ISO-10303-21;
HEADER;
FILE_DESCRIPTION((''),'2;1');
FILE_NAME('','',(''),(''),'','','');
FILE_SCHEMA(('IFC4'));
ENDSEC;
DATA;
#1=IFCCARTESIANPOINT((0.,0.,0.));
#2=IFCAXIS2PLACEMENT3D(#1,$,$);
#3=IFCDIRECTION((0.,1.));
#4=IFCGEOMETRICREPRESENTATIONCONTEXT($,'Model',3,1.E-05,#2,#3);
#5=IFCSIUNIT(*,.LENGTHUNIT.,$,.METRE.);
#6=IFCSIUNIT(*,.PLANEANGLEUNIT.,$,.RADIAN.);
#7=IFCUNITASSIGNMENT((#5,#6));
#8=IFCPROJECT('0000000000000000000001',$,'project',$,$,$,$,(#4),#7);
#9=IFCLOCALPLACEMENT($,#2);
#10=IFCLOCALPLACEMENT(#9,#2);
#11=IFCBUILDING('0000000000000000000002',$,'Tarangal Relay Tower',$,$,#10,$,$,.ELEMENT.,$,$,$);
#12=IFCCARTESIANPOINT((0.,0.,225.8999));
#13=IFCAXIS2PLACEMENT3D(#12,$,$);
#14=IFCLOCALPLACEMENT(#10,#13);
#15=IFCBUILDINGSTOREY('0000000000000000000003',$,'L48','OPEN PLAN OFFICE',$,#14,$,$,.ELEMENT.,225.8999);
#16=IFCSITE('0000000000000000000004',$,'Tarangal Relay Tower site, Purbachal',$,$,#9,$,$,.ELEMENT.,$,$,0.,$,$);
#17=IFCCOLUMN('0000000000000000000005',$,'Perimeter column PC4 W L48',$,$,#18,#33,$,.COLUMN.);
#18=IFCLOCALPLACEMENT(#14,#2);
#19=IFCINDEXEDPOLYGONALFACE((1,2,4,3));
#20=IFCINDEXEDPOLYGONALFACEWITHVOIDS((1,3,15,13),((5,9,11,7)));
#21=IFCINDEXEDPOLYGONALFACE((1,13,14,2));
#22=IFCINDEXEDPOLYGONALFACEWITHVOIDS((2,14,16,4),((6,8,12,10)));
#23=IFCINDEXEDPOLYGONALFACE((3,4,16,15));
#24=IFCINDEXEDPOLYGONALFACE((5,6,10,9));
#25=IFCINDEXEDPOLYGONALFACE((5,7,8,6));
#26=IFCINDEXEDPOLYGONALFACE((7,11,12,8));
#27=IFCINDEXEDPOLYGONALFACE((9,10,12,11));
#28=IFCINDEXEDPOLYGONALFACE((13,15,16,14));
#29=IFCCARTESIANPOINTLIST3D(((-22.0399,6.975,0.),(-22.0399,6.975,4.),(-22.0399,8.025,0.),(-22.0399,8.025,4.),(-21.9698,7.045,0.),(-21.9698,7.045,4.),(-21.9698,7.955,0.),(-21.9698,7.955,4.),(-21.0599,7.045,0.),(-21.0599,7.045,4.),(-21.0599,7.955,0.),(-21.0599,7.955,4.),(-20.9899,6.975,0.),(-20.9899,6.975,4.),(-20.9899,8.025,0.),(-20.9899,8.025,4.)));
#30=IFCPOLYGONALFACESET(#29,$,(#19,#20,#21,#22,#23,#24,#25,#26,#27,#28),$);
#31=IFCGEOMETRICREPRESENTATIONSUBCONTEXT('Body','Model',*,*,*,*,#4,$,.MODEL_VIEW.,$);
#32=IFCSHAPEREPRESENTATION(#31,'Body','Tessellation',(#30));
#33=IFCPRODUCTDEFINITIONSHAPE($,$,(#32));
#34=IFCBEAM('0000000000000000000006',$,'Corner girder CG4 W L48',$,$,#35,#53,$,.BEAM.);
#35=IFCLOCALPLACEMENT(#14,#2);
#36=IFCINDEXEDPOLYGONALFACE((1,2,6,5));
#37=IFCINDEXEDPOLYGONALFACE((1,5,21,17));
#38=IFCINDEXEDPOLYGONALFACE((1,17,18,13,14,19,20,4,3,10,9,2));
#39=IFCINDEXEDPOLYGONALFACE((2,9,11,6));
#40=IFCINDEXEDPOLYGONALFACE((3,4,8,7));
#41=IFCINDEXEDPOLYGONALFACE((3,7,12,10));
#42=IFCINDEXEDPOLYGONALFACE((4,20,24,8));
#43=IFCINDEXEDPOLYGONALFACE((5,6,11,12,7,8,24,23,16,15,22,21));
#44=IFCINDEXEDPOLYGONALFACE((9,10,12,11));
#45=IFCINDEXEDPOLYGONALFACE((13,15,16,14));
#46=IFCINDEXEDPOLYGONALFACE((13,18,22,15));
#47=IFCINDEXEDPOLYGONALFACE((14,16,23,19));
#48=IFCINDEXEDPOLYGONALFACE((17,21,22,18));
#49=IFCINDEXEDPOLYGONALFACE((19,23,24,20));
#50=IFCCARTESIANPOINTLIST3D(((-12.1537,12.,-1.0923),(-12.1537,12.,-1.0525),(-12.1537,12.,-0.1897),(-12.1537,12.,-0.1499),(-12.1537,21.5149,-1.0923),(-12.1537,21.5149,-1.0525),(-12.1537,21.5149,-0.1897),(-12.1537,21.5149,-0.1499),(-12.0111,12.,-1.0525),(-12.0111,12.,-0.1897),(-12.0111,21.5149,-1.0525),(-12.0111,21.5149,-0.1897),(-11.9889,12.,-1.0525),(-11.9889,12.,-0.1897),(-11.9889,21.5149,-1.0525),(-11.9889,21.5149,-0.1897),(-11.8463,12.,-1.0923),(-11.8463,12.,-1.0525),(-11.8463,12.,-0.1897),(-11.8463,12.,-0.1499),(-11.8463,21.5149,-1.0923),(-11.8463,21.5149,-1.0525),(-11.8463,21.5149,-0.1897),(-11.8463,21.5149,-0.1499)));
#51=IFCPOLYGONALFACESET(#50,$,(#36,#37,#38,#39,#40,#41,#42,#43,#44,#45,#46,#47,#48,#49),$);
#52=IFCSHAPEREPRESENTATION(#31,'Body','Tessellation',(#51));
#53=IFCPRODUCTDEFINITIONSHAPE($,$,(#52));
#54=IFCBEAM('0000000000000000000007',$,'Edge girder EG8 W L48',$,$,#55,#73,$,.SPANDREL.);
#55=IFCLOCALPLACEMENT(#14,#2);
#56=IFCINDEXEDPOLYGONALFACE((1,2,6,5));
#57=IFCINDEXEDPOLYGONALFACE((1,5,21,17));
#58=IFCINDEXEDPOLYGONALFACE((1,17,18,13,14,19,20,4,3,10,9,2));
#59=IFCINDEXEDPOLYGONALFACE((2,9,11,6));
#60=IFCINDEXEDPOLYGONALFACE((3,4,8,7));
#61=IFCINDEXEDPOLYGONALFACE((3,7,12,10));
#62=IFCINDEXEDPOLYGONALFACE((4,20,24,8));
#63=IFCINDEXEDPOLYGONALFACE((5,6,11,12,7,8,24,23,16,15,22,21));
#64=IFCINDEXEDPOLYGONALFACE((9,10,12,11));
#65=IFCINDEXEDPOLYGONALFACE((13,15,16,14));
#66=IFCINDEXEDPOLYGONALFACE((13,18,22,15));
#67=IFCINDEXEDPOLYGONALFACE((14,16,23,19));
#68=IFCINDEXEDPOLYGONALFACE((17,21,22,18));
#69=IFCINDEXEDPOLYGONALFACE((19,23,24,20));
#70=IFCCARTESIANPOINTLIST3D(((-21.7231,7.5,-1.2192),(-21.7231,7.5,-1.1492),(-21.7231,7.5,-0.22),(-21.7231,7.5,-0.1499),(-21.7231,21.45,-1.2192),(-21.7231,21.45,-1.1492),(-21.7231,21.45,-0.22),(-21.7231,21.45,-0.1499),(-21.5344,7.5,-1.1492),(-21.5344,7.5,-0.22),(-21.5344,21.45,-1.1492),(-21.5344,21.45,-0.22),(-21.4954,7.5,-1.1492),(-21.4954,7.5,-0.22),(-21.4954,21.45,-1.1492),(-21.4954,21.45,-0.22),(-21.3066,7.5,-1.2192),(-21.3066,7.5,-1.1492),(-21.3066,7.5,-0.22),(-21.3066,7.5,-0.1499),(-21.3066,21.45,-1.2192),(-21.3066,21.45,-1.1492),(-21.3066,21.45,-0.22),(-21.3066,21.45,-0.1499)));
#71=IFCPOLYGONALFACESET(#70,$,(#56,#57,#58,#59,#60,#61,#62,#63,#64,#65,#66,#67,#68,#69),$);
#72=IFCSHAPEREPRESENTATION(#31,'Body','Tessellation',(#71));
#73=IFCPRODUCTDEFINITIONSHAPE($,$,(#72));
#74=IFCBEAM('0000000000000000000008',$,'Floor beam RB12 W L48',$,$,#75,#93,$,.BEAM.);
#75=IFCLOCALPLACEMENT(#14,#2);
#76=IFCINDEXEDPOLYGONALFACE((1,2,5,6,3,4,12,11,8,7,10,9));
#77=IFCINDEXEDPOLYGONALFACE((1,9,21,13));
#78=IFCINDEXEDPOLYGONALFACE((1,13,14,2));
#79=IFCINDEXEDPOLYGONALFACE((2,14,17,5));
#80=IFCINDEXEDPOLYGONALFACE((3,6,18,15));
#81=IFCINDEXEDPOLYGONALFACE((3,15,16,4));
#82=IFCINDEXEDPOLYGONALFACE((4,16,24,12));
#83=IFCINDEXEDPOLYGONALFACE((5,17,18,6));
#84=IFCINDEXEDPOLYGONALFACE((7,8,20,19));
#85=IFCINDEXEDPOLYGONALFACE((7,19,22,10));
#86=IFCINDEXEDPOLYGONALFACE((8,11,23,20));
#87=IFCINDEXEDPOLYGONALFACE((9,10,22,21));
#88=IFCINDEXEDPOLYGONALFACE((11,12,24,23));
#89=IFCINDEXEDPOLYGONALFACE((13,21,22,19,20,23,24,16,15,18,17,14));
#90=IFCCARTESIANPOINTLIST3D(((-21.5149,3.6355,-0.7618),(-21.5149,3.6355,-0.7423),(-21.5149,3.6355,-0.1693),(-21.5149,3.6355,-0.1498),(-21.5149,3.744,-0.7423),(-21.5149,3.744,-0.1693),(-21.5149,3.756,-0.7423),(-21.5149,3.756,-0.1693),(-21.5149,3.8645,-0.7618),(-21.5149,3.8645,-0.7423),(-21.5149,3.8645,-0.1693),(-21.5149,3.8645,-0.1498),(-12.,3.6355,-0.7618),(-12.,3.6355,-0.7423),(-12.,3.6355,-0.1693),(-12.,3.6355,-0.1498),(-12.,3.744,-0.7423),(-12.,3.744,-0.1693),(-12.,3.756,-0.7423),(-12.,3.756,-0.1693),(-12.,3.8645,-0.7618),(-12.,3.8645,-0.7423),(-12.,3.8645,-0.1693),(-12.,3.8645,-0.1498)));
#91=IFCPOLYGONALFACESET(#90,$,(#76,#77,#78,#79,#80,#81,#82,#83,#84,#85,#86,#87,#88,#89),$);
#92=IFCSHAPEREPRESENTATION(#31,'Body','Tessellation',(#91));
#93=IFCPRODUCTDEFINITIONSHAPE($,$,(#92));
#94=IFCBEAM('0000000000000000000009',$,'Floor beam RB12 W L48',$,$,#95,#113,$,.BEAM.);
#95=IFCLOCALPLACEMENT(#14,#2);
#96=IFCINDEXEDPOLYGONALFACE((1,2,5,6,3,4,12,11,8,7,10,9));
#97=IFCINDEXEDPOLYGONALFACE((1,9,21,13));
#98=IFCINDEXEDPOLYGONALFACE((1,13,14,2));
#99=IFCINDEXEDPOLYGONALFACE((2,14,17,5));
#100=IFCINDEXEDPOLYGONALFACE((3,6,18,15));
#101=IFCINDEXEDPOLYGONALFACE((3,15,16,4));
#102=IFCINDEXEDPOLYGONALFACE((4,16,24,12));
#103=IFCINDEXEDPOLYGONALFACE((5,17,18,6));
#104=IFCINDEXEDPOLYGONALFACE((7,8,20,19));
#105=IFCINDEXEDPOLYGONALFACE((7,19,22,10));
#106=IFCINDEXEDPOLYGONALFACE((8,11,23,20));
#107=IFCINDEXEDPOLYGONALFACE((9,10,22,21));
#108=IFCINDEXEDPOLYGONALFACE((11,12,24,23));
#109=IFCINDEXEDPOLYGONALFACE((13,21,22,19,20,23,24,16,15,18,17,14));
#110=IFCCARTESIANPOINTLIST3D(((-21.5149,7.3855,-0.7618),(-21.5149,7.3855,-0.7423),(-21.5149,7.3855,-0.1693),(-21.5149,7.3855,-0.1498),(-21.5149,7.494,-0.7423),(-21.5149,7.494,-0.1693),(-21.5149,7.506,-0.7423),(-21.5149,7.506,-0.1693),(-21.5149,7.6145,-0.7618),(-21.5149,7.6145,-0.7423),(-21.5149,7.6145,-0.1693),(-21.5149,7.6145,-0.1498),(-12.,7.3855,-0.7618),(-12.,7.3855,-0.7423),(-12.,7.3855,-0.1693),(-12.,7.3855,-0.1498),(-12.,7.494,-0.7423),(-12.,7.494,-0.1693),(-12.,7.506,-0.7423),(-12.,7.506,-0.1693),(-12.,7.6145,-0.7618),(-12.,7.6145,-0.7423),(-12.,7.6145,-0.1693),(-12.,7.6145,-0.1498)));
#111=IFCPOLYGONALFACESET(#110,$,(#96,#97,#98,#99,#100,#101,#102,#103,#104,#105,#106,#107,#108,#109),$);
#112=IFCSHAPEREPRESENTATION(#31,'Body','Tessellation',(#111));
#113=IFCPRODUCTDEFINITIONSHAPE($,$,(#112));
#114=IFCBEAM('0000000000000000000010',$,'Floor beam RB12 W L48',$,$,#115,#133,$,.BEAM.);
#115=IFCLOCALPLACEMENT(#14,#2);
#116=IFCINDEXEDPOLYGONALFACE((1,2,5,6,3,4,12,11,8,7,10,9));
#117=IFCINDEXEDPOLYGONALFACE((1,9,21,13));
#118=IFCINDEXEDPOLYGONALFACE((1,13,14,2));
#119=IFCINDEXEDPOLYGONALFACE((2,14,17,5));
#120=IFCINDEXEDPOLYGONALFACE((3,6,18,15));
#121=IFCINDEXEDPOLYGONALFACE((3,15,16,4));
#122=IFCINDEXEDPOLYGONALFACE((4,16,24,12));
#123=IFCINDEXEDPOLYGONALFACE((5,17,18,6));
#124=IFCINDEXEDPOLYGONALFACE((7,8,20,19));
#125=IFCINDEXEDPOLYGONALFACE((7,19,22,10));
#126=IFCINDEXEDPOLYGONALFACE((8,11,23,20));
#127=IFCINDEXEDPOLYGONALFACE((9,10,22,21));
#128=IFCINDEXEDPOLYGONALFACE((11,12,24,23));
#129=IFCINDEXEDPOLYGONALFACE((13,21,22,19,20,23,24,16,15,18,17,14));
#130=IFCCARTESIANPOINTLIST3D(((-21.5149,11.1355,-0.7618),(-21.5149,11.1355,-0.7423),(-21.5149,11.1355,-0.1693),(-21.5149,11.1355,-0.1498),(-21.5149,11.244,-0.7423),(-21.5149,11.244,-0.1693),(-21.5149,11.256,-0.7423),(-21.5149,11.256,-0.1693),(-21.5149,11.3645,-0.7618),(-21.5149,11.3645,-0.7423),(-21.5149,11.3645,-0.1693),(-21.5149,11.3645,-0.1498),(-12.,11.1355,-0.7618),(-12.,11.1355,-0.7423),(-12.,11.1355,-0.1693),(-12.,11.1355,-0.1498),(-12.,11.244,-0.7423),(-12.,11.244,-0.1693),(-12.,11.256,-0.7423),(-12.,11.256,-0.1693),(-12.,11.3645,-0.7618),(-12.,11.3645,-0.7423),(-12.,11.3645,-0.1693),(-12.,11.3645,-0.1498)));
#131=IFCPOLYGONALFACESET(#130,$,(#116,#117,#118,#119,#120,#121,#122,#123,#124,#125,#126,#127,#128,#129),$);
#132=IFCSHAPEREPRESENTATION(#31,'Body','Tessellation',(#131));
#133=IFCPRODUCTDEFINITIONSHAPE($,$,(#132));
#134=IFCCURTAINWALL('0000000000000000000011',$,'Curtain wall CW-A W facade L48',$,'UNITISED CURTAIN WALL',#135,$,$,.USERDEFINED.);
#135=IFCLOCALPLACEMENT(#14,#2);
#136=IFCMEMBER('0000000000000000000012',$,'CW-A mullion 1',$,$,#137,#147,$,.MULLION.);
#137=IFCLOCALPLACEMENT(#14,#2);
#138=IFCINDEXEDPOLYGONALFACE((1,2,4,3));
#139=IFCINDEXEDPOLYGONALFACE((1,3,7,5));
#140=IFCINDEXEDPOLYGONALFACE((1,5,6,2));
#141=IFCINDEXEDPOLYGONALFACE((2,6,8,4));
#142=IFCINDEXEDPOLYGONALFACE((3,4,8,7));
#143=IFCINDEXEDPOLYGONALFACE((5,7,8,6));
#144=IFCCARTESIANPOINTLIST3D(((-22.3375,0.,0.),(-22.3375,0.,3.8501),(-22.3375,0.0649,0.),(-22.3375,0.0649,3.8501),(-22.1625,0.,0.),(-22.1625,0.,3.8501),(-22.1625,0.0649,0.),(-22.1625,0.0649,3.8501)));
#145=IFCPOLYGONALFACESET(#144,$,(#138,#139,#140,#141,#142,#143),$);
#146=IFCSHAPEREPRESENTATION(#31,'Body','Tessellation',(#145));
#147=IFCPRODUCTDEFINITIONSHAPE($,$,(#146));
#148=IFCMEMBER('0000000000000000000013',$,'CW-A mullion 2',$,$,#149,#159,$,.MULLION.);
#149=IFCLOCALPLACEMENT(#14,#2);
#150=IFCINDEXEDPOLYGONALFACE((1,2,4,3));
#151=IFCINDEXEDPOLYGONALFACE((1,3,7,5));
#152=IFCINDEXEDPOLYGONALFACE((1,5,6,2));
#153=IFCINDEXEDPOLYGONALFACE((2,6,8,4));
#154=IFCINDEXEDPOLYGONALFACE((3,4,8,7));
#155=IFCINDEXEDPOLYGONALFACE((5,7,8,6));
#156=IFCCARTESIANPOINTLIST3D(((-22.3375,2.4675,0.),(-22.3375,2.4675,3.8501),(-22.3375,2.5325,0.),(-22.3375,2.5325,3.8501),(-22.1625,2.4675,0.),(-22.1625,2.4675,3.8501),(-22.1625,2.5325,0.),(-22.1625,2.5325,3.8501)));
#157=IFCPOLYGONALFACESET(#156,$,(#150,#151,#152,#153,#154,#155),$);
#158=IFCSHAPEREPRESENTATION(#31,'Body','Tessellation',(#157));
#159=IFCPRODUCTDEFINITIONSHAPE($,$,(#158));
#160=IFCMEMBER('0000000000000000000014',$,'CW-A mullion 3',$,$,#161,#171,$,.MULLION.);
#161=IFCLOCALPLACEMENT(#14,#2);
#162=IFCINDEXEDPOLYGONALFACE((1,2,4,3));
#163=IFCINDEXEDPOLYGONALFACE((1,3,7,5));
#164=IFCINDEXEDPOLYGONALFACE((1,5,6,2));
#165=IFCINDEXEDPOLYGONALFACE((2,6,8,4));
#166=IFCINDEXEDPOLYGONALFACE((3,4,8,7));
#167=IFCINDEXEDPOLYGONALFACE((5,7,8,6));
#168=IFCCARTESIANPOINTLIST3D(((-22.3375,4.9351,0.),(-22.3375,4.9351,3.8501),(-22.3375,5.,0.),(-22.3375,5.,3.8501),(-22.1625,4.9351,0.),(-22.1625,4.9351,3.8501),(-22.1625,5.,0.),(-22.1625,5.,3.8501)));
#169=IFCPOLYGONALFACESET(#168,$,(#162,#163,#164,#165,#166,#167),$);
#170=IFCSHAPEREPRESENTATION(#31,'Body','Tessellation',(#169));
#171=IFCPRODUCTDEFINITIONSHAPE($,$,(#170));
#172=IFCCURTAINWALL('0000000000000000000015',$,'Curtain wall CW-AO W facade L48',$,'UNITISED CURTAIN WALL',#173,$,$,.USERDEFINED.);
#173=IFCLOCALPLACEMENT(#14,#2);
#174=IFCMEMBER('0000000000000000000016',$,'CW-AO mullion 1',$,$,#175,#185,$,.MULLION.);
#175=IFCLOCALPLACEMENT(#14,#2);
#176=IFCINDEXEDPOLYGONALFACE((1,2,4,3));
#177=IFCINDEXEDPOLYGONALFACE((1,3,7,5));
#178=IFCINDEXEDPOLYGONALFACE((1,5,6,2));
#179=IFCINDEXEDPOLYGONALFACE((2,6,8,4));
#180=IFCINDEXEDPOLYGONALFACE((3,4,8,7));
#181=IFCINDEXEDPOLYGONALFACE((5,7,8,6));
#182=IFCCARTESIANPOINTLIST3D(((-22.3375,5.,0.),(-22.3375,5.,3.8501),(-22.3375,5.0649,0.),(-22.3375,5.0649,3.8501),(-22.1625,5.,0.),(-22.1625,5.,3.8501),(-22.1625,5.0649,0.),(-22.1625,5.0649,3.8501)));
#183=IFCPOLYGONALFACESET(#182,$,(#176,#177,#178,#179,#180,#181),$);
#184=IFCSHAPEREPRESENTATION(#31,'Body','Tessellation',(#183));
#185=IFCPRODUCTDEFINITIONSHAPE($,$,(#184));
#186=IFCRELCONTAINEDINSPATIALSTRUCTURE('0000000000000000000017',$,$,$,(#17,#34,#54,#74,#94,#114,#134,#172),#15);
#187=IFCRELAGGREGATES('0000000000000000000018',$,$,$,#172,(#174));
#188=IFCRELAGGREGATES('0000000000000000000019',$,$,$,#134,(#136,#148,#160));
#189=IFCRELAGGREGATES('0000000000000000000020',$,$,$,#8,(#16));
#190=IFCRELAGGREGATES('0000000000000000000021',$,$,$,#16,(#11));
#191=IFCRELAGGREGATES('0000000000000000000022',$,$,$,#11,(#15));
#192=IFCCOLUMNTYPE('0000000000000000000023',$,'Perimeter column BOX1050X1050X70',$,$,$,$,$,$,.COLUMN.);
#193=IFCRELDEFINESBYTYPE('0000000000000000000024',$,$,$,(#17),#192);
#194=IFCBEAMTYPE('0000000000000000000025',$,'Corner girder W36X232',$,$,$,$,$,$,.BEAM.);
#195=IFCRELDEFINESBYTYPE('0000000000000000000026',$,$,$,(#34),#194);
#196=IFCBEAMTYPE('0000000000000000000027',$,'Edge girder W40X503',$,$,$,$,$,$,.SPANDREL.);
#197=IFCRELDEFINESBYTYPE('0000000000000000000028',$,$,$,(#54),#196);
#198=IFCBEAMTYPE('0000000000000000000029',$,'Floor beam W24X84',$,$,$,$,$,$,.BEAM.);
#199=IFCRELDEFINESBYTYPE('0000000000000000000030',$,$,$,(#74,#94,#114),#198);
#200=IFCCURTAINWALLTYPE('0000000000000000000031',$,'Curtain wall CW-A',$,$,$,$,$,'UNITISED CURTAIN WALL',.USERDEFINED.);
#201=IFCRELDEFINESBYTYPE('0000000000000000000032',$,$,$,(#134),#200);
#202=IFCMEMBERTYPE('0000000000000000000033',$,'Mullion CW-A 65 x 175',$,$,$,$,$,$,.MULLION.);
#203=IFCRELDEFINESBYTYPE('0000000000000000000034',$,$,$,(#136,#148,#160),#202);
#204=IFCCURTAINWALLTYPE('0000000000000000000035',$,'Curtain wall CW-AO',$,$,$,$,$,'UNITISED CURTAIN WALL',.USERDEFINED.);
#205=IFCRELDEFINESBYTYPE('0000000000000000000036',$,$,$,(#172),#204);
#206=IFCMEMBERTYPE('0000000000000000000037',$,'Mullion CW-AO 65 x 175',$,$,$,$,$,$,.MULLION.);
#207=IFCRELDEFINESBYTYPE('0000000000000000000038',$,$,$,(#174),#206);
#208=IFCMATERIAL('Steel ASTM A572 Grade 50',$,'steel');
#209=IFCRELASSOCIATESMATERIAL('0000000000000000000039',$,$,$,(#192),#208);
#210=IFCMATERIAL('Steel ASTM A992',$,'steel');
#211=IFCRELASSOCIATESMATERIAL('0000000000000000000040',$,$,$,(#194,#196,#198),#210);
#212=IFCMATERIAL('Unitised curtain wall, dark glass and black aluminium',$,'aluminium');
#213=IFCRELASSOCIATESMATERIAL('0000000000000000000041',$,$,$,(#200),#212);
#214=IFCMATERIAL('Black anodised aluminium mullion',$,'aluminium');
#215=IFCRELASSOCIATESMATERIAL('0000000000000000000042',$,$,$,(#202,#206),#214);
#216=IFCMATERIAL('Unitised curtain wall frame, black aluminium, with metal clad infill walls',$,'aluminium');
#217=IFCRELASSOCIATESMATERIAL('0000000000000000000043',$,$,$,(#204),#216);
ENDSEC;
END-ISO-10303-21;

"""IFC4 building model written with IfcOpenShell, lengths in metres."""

from ifc_helpers import new_model, si_unit, direction, frame, origin, origin_2d, place, context, subcontext, project, spatial, rectangle, hollow_rectangle, i_section, extrude, material, material_profile, profile_set, type_object, element, aggregate, save


model = new_model("IFC4")

# Units and contexts
model_context = context("Model", 3, precision=1e-05, world=origin(), true_north=direction((0.0, 1.0)))
body_context = subcontext(model_context, "Body", "Model", "MODEL_VIEW")
ifc_project = project(units=[si_unit("LENGTHUNIT", "METRE"), si_unit("PLANEANGLEUNIT", "RADIAN")], contexts=[model_context])

# Site, building, storey
site_placement = place(None, origin())
site = spatial("IfcSite", under=ifc_project, at=site_placement, Name="Tarangal Relay Tower site, Purbachal", CompositionType="ELEMENT", RefElevation=0.0)
building_placement = place(site_placement, origin())
building = spatial("IfcBuilding", under=site, at=building_placement, Name="Tarangal Relay Tower", CompositionType="ELEMENT")
storey_placement = place(building_placement, frame((0.0, 0.0, 225.8999)))
storey = spatial("IfcBuildingStorey", under=building, at=storey_placement, Name="L48", Description="OPEN PLAN OFFICE", CompositionType="ELEMENT", Elevation=225.8999)

# Column
ifc_material_1 = material(Name="Steel ASTM A572 Grade 50", Category="steel")
ifc_material_profile_1 = material_profile(ifc_material_1, hollow_rectangle(XDim=1.05, YDim=1.05, WallThickness=0.0701, at=origin_2d()), Name="BOX1050X1050X70")
ifc_profile_set_1 = profile_set([ifc_material_profile_1], Name="Steel ASTM A572 Grade 50")
column_type = type_object("IfcColumnType", Name="Perimeter column BOX1050X1050X70", PredefinedType="COLUMN", material=ifc_profile_set_1)
column_placement = place(storey_placement, frame((-21.5149, 7.5, 0.0), z_axis=(0.0, 0.0, 1.0), x_axis=(1.0, 0.0, 0.0)))
element("IfcColumn", 1, at=column_placement, inside=storey, type_object=column_type, Name="Perimeter column PC4 W L48", PredefinedType="COLUMN", context=body_context, shape_type="SweptSolid", body=[
    extrude(hollow_rectangle(XDim=1.05, YDim=1.05, WallThickness=0.0701, at=origin_2d()), origin(), (0.0, 0.0, 1.0), 4.0),
])

# Beams
ifc_material_2 = material(Name="Steel ASTM A992", Category="steel")
ifc_material_profile_2 = material_profile(ifc_material_2, i_section(OverallWidth=0.3074, OverallDepth=0.9424, WebThickness=0.0222, FlangeThickness=0.0398, at=origin_2d()), Name="W36X232")
ifc_profile_set_2 = profile_set([ifc_material_profile_2], Name="Steel ASTM A992")
beam_type_1 = type_object("IfcBeamType", Name="Corner girder W36X232", PredefinedType="BEAM", material=ifc_profile_set_2)
beam_1_placement = place(storey_placement, frame((-12.0, 12.0, -0.6211), z_axis=(0.0, 1.0, 0.0), x_axis=(-1.0, 0.0, 0.0)))
element("IfcBeam", 2, at=beam_1_placement, inside=storey, type_object=beam_type_1, Name="Corner girder CG4 W L48", PredefinedType="BEAM", context=body_context, shape_type="SweptSolid", body=[
    extrude(i_section(OverallWidth=0.3074, OverallDepth=0.9424, WebThickness=0.0222, FlangeThickness=0.0398, at=origin_2d()), origin(), (0.0, 0.0, 1.0), 9.5149),
])
ifc_material_profile_3 = material_profile(ifc_material_2, i_section(OverallWidth=0.4165, OverallDepth=1.0693, WebThickness=0.0391, FlangeThickness=0.0701, at=origin_2d()), Name="W40X503")
ifc_profile_set_3 = profile_set([ifc_material_profile_3], Name="Steel ASTM A992")
beam_type_2 = type_object("IfcBeamType", Name="Edge girder W40X503", PredefinedType="SPANDREL", material=ifc_profile_set_3)
beam_2_placement = place(storey_placement, frame((-21.5149, 7.5, -0.6846), z_axis=(0.0, 1.0, 0.0), x_axis=(-1.0, 0.0, 0.0)))
element("IfcBeam", 3, at=beam_2_placement, inside=storey, type_object=beam_type_2, Name="Edge girder EG8 W L48", PredefinedType="SPANDREL", context=body_context, shape_type="SweptSolid", body=[
    extrude(i_section(OverallWidth=0.4165, OverallDepth=1.0693, WebThickness=0.0391, FlangeThickness=0.0701, at=origin_2d()), origin(), (0.0, 0.0, 1.0), 13.95),
])
ifc_material_profile_4 = material_profile(ifc_material_2, i_section(OverallWidth=0.229, OverallDepth=0.6121, WebThickness=0.012, FlangeThickness=0.0195, at=origin_2d()), Name="W24X84")
ifc_profile_set_4 = profile_set([ifc_material_profile_4], Name="Steel ASTM A992")
beam_type_3 = type_object("IfcBeamType", Name="Floor beam W24X84", PredefinedType="BEAM", material=ifc_profile_set_4)
for number, where, z_axis, x_axis, name in (
    (4, (-12.0, 3.75, -0.4558), (-1.0, 0.0, 0.0), (0.0, -1.0, 0.0), "Floor beam RB12 W L48"),
    (5, (-12.0, 7.5, -0.4558), (-1.0, 0.0, 0.0), (0.0, -1.0, 0.0), "Floor beam RB12 W L48"),
    (6, (-12.0, 11.25, -0.4558), (-1.0, 0.0, 0.0), (0.0, -1.0, 0.0), "Floor beam RB12 W L48"),
):
    element("IfcBeam", number, at=place(storey_placement, frame(where, z_axis=z_axis, x_axis=x_axis)), inside=storey, type_object=beam_type_3, Name=name, PredefinedType="BEAM", context=body_context, shape_type="SweptSolid", body=[
        extrude(i_section(OverallWidth=0.229, OverallDepth=0.6121, WebThickness=0.012, FlangeThickness=0.0195, at=origin_2d()), origin(), (0.0, 0.0, 1.0), 9.5149),
    ])

# Curtain walls, members
ifc_material_3 = material(Name="Unitised curtain wall, dark glass and black aluminium", Category="aluminium")
curtain_wall_type_1 = type_object("IfcCurtainWallType", Name="Curtain wall CW-A", ElementType="UNITISED CURTAIN WALL", PredefinedType="USERDEFINED", material=ifc_material_3)
curtain_wall_1_placement = place(storey_placement, origin())
curtain_wall_1 = element("IfcCurtainWall", 7, at=curtain_wall_1_placement, inside=storey, type_object=curtain_wall_type_1, Name="Curtain wall CW-A W facade L48", ObjectType="UNITISED CURTAIN WALL", PredefinedType="USERDEFINED")
ifc_material_4 = material(Name="Black anodised aluminium mullion", Category="aluminium")
ifc_material_profile_5 = material_profile(ifc_material_4, rectangle(XDim=0.175, YDim=0.0649, at=origin_2d()), Name="CW-AM 65X175")
ifc_profile_set_5 = profile_set([ifc_material_profile_5], Name="Black anodised aluminium mullion")
member_type_1 = type_object("IfcMemberType", Name="Mullion CW-A 65 x 175", PredefinedType="MULLION", material=ifc_profile_set_5)
member_1_placement = place(storey_placement, frame((-22.25, 0.0325, 0.0), z_axis=(0.0, 0.0, 1.0), x_axis=(-1.0, 0.0, 0.0)))
member_1 = element("IfcMember", 8, at=member_1_placement, type_object=member_type_1, Name="CW-A mullion 1", PredefinedType="MULLION", context=body_context, shape_type="SweptSolid", body=[
    extrude(rectangle(XDim=0.175, YDim=0.0649, at=origin_2d()), origin(), (0.0, 0.0, 1.0), 3.8501),
])
member_2_placement = place(storey_placement, frame((-22.25, 2.5, 0.0), z_axis=(0.0, 0.0, 1.0), x_axis=(-1.0, 0.0, 0.0)))
member_2 = element("IfcMember", 9, at=member_2_placement, type_object=member_type_1, Name="CW-A mullion 2", PredefinedType="MULLION", context=body_context, shape_type="SweptSolid", body=[
    extrude(rectangle(XDim=0.175, YDim=0.0649, at=origin_2d()), origin(), (0.0, 0.0, 1.0), 3.8501),
])
member_3_placement = place(storey_placement, frame((-22.25, 4.9675, 0.0), z_axis=(0.0, 0.0, 1.0), x_axis=(-1.0, 0.0, 0.0)))
member_3 = element("IfcMember", 10, at=member_3_placement, type_object=member_type_1, Name="CW-A mullion 3", PredefinedType="MULLION", context=body_context, shape_type="SweptSolid", body=[
    extrude(rectangle(XDim=0.175, YDim=0.0649, at=origin_2d()), origin(), (0.0, 0.0, 1.0), 3.8501),
])
ifc_material_5 = material(Name="Unitised curtain wall frame, black aluminium, with metal clad infill walls", Category="aluminium")
curtain_wall_type_2 = type_object("IfcCurtainWallType", Name="Curtain wall CW-AO", ElementType="UNITISED CURTAIN WALL", PredefinedType="USERDEFINED", material=ifc_material_5)
curtain_wall_2_placement = place(storey_placement, origin())
curtain_wall_2 = element("IfcCurtainWall", 11, at=curtain_wall_2_placement, inside=storey, type_object=curtain_wall_type_2, Name="Curtain wall CW-AO W facade L48", ObjectType="UNITISED CURTAIN WALL", PredefinedType="USERDEFINED")
ifc_material_profile_6 = material_profile(ifc_material_4, rectangle(XDim=0.175, YDim=0.0649, at=origin_2d()), Name="CW-AOM 65X175")
ifc_profile_set_6 = profile_set([ifc_material_profile_6], Name="Black anodised aluminium mullion")
member_type_2 = type_object("IfcMemberType", Name="Mullion CW-AO 65 x 175", PredefinedType="MULLION", material=ifc_profile_set_6)
member_4_placement = place(storey_placement, frame((-22.25, 5.0325, 0.0), z_axis=(0.0, 0.0, 1.0), x_axis=(-1.0, 0.0, 0.0)))
member_4 = element("IfcMember", 12, at=member_4_placement, type_object=member_type_2, Name="CW-AO mullion 1", PredefinedType="MULLION", context=body_context, shape_type="SweptSolid", body=[
    extrude(rectangle(XDim=0.175, YDim=0.0649, at=origin_2d()), origin(), (0.0, 0.0, 1.0), 3.8501),
])

aggregate(curtain_wall_2, [member_4])

aggregate(curtain_wall_1, [member_1, member_2, member_3])

save(model, "model.ifc")
